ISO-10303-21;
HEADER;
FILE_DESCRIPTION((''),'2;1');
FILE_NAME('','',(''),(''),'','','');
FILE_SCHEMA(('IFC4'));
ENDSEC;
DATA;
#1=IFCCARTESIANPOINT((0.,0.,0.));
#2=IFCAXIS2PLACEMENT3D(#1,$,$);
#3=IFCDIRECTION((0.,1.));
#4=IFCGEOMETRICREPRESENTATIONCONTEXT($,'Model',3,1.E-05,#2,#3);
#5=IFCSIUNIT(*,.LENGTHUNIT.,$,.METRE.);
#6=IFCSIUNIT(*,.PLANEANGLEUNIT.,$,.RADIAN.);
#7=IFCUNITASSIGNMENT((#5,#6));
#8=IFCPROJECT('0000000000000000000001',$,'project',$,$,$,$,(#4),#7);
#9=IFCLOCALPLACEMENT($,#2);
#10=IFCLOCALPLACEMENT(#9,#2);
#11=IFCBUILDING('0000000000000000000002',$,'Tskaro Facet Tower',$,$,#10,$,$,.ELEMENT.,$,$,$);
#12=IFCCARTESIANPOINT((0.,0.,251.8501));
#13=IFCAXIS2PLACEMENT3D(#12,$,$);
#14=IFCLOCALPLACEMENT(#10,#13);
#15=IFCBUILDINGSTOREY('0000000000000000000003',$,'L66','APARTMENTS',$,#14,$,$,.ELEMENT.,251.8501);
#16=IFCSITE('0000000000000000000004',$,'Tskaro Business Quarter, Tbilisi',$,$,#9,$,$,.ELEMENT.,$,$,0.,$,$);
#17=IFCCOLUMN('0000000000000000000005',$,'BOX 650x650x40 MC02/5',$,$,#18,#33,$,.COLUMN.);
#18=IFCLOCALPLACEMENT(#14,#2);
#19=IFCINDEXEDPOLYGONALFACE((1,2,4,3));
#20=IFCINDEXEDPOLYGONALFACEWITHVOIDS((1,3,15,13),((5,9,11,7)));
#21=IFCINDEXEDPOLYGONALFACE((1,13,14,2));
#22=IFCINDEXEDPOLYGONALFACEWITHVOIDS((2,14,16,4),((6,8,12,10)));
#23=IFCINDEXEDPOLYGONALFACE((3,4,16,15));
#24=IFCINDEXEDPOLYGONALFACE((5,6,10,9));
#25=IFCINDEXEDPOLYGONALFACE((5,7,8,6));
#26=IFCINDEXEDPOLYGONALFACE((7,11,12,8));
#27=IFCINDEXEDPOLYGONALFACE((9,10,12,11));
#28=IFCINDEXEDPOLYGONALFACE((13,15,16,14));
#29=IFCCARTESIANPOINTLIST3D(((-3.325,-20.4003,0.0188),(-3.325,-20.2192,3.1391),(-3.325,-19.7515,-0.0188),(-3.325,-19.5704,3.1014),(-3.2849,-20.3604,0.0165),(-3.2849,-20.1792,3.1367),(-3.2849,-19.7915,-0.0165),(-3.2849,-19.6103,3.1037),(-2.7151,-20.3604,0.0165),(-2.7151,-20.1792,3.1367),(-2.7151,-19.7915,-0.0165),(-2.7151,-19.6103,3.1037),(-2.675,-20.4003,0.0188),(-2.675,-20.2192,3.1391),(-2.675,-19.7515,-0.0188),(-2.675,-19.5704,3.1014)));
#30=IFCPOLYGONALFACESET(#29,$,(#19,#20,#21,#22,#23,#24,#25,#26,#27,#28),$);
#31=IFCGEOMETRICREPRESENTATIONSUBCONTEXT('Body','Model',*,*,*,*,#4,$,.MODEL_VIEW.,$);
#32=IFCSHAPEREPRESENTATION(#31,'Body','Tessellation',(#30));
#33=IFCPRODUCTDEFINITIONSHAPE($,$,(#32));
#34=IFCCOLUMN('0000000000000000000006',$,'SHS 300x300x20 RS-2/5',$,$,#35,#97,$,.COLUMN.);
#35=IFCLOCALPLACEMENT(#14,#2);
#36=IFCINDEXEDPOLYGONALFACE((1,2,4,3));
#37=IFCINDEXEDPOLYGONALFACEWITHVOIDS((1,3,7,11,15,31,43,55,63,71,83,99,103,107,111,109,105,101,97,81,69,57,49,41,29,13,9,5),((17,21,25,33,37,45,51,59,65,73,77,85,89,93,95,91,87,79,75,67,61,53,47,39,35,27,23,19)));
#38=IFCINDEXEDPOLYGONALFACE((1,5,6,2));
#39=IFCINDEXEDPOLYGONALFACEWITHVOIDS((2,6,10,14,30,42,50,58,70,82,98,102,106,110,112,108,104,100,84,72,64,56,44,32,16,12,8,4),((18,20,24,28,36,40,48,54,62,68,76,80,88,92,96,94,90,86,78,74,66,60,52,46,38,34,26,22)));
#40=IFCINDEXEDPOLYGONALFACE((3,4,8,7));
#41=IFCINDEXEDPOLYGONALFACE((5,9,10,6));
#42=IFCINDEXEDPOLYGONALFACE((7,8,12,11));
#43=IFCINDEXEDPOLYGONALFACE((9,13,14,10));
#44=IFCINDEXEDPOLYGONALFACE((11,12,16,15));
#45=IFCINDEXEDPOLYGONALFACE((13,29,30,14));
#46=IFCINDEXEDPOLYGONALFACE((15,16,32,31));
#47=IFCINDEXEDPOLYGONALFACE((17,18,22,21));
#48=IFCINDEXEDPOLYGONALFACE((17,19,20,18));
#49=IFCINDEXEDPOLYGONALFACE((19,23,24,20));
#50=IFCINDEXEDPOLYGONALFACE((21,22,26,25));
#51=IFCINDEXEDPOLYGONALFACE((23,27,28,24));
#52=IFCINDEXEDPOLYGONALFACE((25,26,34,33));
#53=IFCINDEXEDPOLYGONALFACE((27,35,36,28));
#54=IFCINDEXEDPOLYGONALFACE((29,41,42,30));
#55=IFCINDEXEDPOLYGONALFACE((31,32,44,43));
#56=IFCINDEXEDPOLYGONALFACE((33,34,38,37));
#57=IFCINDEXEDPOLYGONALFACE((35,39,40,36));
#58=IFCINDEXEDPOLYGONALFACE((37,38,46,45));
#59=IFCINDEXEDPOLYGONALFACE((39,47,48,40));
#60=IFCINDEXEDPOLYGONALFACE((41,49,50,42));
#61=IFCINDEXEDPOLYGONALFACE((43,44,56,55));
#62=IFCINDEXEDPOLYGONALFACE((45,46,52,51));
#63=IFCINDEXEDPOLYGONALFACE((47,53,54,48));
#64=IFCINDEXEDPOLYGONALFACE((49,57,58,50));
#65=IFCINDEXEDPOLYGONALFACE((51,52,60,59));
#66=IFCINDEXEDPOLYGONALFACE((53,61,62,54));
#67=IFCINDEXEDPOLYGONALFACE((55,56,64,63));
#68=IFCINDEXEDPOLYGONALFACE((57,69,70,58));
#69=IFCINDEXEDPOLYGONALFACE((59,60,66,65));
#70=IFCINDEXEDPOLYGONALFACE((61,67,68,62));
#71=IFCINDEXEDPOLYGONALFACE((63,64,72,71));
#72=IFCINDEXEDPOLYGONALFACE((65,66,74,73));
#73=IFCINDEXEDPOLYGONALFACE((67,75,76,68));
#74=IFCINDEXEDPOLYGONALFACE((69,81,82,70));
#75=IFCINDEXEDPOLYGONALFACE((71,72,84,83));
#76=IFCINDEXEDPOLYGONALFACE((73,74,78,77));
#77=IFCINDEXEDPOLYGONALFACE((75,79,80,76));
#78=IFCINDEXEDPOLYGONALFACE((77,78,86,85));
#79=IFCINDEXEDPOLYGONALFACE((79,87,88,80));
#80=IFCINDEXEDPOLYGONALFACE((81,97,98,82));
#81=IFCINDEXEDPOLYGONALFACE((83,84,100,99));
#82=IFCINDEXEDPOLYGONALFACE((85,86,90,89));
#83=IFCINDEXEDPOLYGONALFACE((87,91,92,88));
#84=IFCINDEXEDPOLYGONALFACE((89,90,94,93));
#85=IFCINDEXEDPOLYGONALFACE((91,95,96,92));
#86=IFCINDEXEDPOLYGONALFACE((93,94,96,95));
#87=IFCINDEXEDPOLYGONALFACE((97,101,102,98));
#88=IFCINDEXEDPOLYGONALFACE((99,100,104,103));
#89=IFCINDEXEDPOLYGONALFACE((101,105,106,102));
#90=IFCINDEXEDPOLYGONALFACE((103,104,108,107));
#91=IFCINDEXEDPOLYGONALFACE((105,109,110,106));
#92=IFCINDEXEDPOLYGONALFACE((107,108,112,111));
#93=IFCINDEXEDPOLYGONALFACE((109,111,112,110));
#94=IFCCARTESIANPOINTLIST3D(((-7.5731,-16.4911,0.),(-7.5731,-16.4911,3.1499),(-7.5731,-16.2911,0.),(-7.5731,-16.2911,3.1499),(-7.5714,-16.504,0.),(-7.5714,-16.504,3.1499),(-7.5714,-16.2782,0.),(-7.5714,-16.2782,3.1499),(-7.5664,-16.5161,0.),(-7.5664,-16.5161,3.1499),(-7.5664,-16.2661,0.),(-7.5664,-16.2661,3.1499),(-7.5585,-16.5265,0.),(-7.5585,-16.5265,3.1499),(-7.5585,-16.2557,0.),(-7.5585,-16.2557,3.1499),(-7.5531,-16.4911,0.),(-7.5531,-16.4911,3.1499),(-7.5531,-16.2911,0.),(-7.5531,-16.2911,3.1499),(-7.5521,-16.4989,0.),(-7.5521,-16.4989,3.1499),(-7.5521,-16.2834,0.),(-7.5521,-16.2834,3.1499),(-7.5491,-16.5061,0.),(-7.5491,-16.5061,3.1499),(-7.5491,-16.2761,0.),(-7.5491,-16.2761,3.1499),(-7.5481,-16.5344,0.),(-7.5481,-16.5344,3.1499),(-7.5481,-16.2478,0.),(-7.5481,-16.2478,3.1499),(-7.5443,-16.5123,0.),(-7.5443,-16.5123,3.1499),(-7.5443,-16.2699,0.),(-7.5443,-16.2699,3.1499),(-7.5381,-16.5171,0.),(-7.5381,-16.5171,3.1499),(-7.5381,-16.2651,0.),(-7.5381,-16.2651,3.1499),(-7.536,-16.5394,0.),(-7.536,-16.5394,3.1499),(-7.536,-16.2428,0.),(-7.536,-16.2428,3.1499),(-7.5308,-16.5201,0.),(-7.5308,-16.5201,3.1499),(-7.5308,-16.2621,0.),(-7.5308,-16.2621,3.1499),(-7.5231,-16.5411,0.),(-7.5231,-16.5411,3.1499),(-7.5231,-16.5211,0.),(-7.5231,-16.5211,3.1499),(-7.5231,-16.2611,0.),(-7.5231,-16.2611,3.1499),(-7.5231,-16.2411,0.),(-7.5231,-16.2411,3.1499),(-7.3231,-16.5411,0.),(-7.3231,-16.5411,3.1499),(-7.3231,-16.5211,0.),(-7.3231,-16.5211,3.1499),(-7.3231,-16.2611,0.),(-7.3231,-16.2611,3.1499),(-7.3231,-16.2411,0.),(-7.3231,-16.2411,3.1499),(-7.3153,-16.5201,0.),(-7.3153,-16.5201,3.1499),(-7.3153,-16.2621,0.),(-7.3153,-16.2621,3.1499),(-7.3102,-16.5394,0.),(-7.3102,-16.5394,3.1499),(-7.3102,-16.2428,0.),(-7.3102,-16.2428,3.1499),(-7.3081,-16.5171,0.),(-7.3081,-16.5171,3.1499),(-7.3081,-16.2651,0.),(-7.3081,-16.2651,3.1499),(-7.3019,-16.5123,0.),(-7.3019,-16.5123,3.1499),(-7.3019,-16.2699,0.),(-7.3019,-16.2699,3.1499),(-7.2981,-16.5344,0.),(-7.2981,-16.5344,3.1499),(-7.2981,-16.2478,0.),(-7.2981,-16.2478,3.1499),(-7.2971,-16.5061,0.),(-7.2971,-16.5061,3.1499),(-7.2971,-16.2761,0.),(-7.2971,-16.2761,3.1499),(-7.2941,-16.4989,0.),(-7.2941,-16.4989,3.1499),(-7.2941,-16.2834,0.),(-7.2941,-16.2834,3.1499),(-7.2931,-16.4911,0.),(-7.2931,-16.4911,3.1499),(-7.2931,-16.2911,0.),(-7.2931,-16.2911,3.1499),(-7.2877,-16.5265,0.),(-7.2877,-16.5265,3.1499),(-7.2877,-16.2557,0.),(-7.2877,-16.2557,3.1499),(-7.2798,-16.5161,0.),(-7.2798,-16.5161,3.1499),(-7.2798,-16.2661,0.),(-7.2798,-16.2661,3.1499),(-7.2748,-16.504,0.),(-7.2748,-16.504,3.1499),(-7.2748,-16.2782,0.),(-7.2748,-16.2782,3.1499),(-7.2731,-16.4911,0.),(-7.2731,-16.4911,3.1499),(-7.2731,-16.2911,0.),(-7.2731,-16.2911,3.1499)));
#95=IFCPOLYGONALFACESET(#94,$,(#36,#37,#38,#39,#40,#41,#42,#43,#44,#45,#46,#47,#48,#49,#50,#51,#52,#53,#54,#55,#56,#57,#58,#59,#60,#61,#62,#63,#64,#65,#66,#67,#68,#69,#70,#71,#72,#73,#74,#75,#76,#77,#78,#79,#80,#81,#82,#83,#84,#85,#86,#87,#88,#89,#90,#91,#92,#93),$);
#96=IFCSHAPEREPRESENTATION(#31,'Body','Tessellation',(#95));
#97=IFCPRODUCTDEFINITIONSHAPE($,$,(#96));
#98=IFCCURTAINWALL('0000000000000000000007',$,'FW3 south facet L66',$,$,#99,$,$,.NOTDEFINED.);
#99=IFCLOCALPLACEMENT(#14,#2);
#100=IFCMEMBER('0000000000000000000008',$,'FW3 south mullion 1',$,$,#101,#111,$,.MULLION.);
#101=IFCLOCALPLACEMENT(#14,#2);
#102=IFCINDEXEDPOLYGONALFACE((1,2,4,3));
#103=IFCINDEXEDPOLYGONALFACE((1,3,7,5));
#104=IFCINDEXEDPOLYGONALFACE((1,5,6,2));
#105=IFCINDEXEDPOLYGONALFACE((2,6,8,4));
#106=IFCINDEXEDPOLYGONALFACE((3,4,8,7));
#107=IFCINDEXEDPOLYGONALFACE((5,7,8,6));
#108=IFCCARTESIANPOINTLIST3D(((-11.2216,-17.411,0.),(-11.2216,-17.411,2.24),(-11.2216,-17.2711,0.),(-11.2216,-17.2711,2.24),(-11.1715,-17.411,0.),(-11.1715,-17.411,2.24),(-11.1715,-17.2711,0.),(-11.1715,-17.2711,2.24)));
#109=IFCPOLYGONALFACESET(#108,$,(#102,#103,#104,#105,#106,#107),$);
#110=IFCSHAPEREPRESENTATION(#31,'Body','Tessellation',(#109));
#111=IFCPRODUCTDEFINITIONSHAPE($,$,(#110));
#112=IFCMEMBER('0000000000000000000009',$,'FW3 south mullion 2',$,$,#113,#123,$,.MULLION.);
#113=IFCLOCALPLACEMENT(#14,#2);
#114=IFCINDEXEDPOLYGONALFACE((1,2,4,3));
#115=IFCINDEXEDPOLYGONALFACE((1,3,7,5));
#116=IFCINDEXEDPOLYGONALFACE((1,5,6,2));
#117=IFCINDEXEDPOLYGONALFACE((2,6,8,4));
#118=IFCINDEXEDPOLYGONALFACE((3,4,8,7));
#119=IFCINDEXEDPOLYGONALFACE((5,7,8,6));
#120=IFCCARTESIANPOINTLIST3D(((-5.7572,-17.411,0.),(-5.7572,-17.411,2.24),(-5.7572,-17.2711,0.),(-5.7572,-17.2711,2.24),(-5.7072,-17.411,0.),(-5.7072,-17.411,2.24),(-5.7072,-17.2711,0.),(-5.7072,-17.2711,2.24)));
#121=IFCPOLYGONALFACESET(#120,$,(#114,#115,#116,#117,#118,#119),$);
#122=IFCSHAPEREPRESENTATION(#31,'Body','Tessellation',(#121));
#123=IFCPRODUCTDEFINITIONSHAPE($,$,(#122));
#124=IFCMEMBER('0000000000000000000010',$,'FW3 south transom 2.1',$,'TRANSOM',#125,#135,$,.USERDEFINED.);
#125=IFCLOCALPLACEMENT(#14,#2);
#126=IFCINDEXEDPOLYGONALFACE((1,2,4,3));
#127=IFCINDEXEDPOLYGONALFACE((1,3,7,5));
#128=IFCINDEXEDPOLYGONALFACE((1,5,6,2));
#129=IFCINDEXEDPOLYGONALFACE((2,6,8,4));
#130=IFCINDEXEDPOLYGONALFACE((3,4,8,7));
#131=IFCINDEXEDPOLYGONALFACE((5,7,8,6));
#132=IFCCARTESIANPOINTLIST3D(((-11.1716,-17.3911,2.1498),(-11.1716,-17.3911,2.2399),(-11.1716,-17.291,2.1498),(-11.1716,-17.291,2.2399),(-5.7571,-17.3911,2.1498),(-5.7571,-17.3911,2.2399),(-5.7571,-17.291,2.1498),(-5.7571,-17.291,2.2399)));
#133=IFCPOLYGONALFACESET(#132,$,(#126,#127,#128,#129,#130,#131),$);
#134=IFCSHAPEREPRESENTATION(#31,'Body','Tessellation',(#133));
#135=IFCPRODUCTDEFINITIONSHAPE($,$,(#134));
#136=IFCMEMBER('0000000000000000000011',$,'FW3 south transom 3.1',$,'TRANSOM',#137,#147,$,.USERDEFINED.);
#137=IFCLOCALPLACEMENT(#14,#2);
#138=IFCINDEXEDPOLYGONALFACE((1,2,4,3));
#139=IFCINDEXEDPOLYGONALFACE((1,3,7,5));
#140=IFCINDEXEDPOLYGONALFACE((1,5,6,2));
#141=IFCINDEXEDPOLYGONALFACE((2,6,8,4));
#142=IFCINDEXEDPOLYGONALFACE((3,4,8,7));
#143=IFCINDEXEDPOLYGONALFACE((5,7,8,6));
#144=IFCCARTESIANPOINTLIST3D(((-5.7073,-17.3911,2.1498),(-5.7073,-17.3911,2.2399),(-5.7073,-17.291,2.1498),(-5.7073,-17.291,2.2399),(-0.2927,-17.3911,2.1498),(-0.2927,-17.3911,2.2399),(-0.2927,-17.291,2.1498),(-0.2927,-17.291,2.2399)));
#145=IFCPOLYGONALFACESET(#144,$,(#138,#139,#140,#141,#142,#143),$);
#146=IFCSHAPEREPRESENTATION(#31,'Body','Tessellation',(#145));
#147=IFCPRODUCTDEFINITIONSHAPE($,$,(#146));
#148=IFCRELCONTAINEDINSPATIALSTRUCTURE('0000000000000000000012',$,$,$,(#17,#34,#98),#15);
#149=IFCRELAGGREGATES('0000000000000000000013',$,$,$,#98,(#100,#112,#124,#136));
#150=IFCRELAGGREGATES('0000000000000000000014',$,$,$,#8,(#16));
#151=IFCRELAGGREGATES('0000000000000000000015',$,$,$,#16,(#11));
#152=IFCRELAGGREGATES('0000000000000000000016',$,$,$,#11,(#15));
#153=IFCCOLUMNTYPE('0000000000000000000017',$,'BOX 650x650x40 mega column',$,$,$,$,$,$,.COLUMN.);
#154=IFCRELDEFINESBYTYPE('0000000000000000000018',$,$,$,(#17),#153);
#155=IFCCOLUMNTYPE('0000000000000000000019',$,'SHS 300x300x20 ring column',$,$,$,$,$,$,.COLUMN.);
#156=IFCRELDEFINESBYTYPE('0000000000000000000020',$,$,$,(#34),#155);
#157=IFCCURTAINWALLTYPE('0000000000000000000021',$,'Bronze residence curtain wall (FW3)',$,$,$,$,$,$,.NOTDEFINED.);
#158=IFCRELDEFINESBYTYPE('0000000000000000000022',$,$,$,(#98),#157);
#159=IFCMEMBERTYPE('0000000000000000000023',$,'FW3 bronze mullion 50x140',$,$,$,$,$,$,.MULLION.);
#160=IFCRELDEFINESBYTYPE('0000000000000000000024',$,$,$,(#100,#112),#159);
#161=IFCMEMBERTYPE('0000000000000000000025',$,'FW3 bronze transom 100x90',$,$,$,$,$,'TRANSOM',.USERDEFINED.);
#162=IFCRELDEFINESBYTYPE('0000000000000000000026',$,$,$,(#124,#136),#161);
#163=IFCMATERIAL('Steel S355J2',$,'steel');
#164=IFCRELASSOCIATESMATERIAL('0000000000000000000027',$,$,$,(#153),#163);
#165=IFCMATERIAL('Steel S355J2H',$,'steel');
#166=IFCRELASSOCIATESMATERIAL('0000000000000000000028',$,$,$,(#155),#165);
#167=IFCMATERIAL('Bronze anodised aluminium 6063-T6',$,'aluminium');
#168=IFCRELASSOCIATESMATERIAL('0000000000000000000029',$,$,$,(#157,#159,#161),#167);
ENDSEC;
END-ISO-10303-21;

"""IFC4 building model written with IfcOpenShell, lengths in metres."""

from ifc_helpers import new_model, si_unit, direction, frame, origin, origin_2d, place, context, subcontext, project, spatial, rectangle, hollow_rectangle, extrude, material, material_profile, profile_set, type_object, element, aggregate, save


model = new_model("IFC4")

# Units and contexts
model_context = context("Model", 3, precision=1e-05, world=origin(), true_north=direction((0.0, 1.0)))
body_context = subcontext(model_context, "Body", "Model", "MODEL_VIEW")
ifc_project = project(units=[si_unit("LENGTHUNIT", "METRE"), si_unit("PLANEANGLEUNIT", "RADIAN")], contexts=[model_context])

# Site, building, storey
site_placement = place(None, origin())
site = spatial("IfcSite", under=ifc_project, at=site_placement, Name="Tskaro Business Quarter, Tbilisi", CompositionType="ELEMENT", RefElevation=0.0)
building_placement = place(site_placement, origin())
building = spatial("IfcBuilding", under=site, at=building_placement, Name="Tskaro Facet Tower", CompositionType="ELEMENT")
storey_placement = place(building_placement, frame((0.0, 0.0, 251.8501)))
storey = spatial("IfcBuildingStorey", under=building, at=storey_placement, Name="L66", Description="APARTMENTS", CompositionType="ELEMENT", Elevation=251.8501)

# Columns
ifc_material_1 = material(Name="Steel S355J2", Category="steel")
ifc_material_profile_1 = material_profile(ifc_material_1, hollow_rectangle(XDim=0.6499, YDim=0.6499, WallThickness=0.04, at=origin_2d()), Name="BOX 650x650x40")
ifc_profile_set_1 = profile_set([ifc_material_profile_1], Name="Steel S355J2")
column_type_1 = type_object("IfcColumnType", Name="BOX 650x650x40 mega column", PredefinedType="COLUMN", material=ifc_profile_set_1)
column_1_placement = place(storey_placement, frame((-3.0, -20.0759, 0.0), z_axis=(0.0, 0.057962, 0.998319), x_axis=(-1.0, 0.0, 0.0)))
element("IfcColumn", 1, at=column_1_placement, inside=storey, type_object=column_type_1, Name="BOX 650x650x40 MC02/5", PredefinedType="COLUMN", context=body_context, shape_type="SweptSolid", body=[
    extrude(hollow_rectangle(XDim=0.6499, YDim=0.6499, WallThickness=0.04, at=origin_2d()), origin(), (0.0, 0.0, 1.0), 3.1255),
])
ifc_material_2 = material(Name="Steel S355J2H", Category="steel")
ifc_material_profile_2 = material_profile(ifc_material_2, hollow_rectangle(XDim=0.3, YDim=0.3, WallThickness=0.02, InnerFilletRadius=0.03, OuterFilletRadius=0.05, at=origin_2d()), Name="SHS 300x300x20")
ifc_profile_set_2 = profile_set([ifc_material_profile_2], Name="Steel S355J2H")
column_type_2 = type_object("IfcColumnType", Name="SHS 300x300x20 ring column", PredefinedType="COLUMN", material=ifc_profile_set_2)
column_2_placement = place(storey_placement, frame((-7.4231, -16.3911, 0.0), z_axis=(0.0, 0.0, 1.0), x_axis=(1.0, 0.0, 0.0)))
element("IfcColumn", 2, at=column_2_placement, inside=storey, type_object=column_type_2, Name="SHS 300x300x20 RS-2/5", PredefinedType="COLUMN", context=body_context, shape_type="SweptSolid", body=[
    extrude(hollow_rectangle(XDim=0.3, YDim=0.3, WallThickness=0.02, InnerFilletRadius=0.03, OuterFilletRadius=0.05, at=origin_2d()), origin(), (0.0, 0.0, 1.0), 3.1499),
])

# Curtain wall, members
ifc_material_3 = material(Name="Bronze anodised aluminium 6063-T6", Category="aluminium")
curtain_wall_type = type_object("IfcCurtainWallType", Name="Bronze residence curtain wall (FW3)", PredefinedType="NOTDEFINED", material=ifc_material_3)
curtain_wall_placement = place(storey_placement, origin())
curtain_wall = element("IfcCurtainWall", 3, at=curtain_wall_placement, inside=storey, type_object=curtain_wall_type, Name="FW3 south facet L66", PredefinedType="NOTDEFINED")
ifc_material_profile_3 = material_profile(ifc_material_3, rectangle(XDim=0.05, YDim=0.1399, at=origin_2d()), Name="Mullion 50x140")
ifc_profile_set_3 = profile_set([ifc_material_profile_3], Name="Bronze anodised aluminium 6063-T6")
member_type_1 = type_object("IfcMemberType", Name="FW3 bronze mullion 50x140", PredefinedType="MULLION", material=ifc_profile_set_3)
member_1_placement = place(storey_placement, frame((-11.1965, -17.3411, 0.0), z_axis=(0.0, 0.0, 1.0), x_axis=(1.0, 0.0, 0.0)))
member_1 = element("IfcMember", 4, at=member_1_placement, type_object=member_type_1, Name="FW3 south mullion 1", PredefinedType="MULLION", context=body_context, shape_type="SweptSolid", body=[
    extrude(rectangle(XDim=0.05, YDim=0.1399, at=origin_2d()), origin(), (0.0, 0.0, 1.0), 2.24),
])
member_2_placement = place(storey_placement, frame((-5.7322, -17.3411, 0.0), z_axis=(0.0, 0.0, 1.0), x_axis=(1.0, 0.0, 0.0)))
member_2 = element("IfcMember", 5, at=member_2_placement, type_object=member_type_1, Name="FW3 south mullion 2", PredefinedType="MULLION", context=body_context, shape_type="SweptSolid", body=[
    extrude(rectangle(XDim=0.05, YDim=0.1399, at=origin_2d()), origin(), (0.0, 0.0, 1.0), 2.24),
])
ifc_material_profile_4 = material_profile(ifc_material_3, rectangle(XDim=0.1001, YDim=0.0901, at=origin_2d()), Name="Transom 100x90")
ifc_profile_set_4 = profile_set([ifc_material_profile_4], Name="Bronze anodised aluminium 6063-T6")
member_type_2 = type_object("IfcMemberType", Name="FW3 bronze transom 100x90", ElementType="TRANSOM", PredefinedType="USERDEFINED", material=ifc_profile_set_4)
member_3_placement = place(storey_placement, frame((-11.1716, -17.3411, 2.1948), z_axis=(1.0, 0.0, 0.0), x_axis=(0.0, 1.0, 0.0)))
member_3 = element("IfcMember", 6, at=member_3_placement, type_object=member_type_2, Name="FW3 south transom 2.1", ObjectType="TRANSOM", PredefinedType="USERDEFINED", context=body_context, shape_type="SweptSolid", body=[
    extrude(rectangle(XDim=0.1001, YDim=0.0901, at=origin_2d()), origin(), (0.0, 0.0, 1.0), 5.4146),
])
member_4_placement = place(storey_placement, frame((-5.7073, -17.3411, 2.1948), z_axis=(1.0, 0.0, 0.0), x_axis=(0.0, 1.0, 0.0)))
member_4 = element("IfcMember", 7, at=member_4_placement, type_object=member_type_2, Name="FW3 south transom 3.1", ObjectType="TRANSOM", PredefinedType="USERDEFINED", context=body_context, shape_type="SweptSolid", body=[
    extrude(rectangle(XDim=0.1001, YDim=0.0901, at=origin_2d()), origin(), (0.0, 0.0, 1.0), 5.4146),
])

aggregate(curtain_wall, [member_1, member_2, member_3, member_4])

save(model, "model.ifc")
